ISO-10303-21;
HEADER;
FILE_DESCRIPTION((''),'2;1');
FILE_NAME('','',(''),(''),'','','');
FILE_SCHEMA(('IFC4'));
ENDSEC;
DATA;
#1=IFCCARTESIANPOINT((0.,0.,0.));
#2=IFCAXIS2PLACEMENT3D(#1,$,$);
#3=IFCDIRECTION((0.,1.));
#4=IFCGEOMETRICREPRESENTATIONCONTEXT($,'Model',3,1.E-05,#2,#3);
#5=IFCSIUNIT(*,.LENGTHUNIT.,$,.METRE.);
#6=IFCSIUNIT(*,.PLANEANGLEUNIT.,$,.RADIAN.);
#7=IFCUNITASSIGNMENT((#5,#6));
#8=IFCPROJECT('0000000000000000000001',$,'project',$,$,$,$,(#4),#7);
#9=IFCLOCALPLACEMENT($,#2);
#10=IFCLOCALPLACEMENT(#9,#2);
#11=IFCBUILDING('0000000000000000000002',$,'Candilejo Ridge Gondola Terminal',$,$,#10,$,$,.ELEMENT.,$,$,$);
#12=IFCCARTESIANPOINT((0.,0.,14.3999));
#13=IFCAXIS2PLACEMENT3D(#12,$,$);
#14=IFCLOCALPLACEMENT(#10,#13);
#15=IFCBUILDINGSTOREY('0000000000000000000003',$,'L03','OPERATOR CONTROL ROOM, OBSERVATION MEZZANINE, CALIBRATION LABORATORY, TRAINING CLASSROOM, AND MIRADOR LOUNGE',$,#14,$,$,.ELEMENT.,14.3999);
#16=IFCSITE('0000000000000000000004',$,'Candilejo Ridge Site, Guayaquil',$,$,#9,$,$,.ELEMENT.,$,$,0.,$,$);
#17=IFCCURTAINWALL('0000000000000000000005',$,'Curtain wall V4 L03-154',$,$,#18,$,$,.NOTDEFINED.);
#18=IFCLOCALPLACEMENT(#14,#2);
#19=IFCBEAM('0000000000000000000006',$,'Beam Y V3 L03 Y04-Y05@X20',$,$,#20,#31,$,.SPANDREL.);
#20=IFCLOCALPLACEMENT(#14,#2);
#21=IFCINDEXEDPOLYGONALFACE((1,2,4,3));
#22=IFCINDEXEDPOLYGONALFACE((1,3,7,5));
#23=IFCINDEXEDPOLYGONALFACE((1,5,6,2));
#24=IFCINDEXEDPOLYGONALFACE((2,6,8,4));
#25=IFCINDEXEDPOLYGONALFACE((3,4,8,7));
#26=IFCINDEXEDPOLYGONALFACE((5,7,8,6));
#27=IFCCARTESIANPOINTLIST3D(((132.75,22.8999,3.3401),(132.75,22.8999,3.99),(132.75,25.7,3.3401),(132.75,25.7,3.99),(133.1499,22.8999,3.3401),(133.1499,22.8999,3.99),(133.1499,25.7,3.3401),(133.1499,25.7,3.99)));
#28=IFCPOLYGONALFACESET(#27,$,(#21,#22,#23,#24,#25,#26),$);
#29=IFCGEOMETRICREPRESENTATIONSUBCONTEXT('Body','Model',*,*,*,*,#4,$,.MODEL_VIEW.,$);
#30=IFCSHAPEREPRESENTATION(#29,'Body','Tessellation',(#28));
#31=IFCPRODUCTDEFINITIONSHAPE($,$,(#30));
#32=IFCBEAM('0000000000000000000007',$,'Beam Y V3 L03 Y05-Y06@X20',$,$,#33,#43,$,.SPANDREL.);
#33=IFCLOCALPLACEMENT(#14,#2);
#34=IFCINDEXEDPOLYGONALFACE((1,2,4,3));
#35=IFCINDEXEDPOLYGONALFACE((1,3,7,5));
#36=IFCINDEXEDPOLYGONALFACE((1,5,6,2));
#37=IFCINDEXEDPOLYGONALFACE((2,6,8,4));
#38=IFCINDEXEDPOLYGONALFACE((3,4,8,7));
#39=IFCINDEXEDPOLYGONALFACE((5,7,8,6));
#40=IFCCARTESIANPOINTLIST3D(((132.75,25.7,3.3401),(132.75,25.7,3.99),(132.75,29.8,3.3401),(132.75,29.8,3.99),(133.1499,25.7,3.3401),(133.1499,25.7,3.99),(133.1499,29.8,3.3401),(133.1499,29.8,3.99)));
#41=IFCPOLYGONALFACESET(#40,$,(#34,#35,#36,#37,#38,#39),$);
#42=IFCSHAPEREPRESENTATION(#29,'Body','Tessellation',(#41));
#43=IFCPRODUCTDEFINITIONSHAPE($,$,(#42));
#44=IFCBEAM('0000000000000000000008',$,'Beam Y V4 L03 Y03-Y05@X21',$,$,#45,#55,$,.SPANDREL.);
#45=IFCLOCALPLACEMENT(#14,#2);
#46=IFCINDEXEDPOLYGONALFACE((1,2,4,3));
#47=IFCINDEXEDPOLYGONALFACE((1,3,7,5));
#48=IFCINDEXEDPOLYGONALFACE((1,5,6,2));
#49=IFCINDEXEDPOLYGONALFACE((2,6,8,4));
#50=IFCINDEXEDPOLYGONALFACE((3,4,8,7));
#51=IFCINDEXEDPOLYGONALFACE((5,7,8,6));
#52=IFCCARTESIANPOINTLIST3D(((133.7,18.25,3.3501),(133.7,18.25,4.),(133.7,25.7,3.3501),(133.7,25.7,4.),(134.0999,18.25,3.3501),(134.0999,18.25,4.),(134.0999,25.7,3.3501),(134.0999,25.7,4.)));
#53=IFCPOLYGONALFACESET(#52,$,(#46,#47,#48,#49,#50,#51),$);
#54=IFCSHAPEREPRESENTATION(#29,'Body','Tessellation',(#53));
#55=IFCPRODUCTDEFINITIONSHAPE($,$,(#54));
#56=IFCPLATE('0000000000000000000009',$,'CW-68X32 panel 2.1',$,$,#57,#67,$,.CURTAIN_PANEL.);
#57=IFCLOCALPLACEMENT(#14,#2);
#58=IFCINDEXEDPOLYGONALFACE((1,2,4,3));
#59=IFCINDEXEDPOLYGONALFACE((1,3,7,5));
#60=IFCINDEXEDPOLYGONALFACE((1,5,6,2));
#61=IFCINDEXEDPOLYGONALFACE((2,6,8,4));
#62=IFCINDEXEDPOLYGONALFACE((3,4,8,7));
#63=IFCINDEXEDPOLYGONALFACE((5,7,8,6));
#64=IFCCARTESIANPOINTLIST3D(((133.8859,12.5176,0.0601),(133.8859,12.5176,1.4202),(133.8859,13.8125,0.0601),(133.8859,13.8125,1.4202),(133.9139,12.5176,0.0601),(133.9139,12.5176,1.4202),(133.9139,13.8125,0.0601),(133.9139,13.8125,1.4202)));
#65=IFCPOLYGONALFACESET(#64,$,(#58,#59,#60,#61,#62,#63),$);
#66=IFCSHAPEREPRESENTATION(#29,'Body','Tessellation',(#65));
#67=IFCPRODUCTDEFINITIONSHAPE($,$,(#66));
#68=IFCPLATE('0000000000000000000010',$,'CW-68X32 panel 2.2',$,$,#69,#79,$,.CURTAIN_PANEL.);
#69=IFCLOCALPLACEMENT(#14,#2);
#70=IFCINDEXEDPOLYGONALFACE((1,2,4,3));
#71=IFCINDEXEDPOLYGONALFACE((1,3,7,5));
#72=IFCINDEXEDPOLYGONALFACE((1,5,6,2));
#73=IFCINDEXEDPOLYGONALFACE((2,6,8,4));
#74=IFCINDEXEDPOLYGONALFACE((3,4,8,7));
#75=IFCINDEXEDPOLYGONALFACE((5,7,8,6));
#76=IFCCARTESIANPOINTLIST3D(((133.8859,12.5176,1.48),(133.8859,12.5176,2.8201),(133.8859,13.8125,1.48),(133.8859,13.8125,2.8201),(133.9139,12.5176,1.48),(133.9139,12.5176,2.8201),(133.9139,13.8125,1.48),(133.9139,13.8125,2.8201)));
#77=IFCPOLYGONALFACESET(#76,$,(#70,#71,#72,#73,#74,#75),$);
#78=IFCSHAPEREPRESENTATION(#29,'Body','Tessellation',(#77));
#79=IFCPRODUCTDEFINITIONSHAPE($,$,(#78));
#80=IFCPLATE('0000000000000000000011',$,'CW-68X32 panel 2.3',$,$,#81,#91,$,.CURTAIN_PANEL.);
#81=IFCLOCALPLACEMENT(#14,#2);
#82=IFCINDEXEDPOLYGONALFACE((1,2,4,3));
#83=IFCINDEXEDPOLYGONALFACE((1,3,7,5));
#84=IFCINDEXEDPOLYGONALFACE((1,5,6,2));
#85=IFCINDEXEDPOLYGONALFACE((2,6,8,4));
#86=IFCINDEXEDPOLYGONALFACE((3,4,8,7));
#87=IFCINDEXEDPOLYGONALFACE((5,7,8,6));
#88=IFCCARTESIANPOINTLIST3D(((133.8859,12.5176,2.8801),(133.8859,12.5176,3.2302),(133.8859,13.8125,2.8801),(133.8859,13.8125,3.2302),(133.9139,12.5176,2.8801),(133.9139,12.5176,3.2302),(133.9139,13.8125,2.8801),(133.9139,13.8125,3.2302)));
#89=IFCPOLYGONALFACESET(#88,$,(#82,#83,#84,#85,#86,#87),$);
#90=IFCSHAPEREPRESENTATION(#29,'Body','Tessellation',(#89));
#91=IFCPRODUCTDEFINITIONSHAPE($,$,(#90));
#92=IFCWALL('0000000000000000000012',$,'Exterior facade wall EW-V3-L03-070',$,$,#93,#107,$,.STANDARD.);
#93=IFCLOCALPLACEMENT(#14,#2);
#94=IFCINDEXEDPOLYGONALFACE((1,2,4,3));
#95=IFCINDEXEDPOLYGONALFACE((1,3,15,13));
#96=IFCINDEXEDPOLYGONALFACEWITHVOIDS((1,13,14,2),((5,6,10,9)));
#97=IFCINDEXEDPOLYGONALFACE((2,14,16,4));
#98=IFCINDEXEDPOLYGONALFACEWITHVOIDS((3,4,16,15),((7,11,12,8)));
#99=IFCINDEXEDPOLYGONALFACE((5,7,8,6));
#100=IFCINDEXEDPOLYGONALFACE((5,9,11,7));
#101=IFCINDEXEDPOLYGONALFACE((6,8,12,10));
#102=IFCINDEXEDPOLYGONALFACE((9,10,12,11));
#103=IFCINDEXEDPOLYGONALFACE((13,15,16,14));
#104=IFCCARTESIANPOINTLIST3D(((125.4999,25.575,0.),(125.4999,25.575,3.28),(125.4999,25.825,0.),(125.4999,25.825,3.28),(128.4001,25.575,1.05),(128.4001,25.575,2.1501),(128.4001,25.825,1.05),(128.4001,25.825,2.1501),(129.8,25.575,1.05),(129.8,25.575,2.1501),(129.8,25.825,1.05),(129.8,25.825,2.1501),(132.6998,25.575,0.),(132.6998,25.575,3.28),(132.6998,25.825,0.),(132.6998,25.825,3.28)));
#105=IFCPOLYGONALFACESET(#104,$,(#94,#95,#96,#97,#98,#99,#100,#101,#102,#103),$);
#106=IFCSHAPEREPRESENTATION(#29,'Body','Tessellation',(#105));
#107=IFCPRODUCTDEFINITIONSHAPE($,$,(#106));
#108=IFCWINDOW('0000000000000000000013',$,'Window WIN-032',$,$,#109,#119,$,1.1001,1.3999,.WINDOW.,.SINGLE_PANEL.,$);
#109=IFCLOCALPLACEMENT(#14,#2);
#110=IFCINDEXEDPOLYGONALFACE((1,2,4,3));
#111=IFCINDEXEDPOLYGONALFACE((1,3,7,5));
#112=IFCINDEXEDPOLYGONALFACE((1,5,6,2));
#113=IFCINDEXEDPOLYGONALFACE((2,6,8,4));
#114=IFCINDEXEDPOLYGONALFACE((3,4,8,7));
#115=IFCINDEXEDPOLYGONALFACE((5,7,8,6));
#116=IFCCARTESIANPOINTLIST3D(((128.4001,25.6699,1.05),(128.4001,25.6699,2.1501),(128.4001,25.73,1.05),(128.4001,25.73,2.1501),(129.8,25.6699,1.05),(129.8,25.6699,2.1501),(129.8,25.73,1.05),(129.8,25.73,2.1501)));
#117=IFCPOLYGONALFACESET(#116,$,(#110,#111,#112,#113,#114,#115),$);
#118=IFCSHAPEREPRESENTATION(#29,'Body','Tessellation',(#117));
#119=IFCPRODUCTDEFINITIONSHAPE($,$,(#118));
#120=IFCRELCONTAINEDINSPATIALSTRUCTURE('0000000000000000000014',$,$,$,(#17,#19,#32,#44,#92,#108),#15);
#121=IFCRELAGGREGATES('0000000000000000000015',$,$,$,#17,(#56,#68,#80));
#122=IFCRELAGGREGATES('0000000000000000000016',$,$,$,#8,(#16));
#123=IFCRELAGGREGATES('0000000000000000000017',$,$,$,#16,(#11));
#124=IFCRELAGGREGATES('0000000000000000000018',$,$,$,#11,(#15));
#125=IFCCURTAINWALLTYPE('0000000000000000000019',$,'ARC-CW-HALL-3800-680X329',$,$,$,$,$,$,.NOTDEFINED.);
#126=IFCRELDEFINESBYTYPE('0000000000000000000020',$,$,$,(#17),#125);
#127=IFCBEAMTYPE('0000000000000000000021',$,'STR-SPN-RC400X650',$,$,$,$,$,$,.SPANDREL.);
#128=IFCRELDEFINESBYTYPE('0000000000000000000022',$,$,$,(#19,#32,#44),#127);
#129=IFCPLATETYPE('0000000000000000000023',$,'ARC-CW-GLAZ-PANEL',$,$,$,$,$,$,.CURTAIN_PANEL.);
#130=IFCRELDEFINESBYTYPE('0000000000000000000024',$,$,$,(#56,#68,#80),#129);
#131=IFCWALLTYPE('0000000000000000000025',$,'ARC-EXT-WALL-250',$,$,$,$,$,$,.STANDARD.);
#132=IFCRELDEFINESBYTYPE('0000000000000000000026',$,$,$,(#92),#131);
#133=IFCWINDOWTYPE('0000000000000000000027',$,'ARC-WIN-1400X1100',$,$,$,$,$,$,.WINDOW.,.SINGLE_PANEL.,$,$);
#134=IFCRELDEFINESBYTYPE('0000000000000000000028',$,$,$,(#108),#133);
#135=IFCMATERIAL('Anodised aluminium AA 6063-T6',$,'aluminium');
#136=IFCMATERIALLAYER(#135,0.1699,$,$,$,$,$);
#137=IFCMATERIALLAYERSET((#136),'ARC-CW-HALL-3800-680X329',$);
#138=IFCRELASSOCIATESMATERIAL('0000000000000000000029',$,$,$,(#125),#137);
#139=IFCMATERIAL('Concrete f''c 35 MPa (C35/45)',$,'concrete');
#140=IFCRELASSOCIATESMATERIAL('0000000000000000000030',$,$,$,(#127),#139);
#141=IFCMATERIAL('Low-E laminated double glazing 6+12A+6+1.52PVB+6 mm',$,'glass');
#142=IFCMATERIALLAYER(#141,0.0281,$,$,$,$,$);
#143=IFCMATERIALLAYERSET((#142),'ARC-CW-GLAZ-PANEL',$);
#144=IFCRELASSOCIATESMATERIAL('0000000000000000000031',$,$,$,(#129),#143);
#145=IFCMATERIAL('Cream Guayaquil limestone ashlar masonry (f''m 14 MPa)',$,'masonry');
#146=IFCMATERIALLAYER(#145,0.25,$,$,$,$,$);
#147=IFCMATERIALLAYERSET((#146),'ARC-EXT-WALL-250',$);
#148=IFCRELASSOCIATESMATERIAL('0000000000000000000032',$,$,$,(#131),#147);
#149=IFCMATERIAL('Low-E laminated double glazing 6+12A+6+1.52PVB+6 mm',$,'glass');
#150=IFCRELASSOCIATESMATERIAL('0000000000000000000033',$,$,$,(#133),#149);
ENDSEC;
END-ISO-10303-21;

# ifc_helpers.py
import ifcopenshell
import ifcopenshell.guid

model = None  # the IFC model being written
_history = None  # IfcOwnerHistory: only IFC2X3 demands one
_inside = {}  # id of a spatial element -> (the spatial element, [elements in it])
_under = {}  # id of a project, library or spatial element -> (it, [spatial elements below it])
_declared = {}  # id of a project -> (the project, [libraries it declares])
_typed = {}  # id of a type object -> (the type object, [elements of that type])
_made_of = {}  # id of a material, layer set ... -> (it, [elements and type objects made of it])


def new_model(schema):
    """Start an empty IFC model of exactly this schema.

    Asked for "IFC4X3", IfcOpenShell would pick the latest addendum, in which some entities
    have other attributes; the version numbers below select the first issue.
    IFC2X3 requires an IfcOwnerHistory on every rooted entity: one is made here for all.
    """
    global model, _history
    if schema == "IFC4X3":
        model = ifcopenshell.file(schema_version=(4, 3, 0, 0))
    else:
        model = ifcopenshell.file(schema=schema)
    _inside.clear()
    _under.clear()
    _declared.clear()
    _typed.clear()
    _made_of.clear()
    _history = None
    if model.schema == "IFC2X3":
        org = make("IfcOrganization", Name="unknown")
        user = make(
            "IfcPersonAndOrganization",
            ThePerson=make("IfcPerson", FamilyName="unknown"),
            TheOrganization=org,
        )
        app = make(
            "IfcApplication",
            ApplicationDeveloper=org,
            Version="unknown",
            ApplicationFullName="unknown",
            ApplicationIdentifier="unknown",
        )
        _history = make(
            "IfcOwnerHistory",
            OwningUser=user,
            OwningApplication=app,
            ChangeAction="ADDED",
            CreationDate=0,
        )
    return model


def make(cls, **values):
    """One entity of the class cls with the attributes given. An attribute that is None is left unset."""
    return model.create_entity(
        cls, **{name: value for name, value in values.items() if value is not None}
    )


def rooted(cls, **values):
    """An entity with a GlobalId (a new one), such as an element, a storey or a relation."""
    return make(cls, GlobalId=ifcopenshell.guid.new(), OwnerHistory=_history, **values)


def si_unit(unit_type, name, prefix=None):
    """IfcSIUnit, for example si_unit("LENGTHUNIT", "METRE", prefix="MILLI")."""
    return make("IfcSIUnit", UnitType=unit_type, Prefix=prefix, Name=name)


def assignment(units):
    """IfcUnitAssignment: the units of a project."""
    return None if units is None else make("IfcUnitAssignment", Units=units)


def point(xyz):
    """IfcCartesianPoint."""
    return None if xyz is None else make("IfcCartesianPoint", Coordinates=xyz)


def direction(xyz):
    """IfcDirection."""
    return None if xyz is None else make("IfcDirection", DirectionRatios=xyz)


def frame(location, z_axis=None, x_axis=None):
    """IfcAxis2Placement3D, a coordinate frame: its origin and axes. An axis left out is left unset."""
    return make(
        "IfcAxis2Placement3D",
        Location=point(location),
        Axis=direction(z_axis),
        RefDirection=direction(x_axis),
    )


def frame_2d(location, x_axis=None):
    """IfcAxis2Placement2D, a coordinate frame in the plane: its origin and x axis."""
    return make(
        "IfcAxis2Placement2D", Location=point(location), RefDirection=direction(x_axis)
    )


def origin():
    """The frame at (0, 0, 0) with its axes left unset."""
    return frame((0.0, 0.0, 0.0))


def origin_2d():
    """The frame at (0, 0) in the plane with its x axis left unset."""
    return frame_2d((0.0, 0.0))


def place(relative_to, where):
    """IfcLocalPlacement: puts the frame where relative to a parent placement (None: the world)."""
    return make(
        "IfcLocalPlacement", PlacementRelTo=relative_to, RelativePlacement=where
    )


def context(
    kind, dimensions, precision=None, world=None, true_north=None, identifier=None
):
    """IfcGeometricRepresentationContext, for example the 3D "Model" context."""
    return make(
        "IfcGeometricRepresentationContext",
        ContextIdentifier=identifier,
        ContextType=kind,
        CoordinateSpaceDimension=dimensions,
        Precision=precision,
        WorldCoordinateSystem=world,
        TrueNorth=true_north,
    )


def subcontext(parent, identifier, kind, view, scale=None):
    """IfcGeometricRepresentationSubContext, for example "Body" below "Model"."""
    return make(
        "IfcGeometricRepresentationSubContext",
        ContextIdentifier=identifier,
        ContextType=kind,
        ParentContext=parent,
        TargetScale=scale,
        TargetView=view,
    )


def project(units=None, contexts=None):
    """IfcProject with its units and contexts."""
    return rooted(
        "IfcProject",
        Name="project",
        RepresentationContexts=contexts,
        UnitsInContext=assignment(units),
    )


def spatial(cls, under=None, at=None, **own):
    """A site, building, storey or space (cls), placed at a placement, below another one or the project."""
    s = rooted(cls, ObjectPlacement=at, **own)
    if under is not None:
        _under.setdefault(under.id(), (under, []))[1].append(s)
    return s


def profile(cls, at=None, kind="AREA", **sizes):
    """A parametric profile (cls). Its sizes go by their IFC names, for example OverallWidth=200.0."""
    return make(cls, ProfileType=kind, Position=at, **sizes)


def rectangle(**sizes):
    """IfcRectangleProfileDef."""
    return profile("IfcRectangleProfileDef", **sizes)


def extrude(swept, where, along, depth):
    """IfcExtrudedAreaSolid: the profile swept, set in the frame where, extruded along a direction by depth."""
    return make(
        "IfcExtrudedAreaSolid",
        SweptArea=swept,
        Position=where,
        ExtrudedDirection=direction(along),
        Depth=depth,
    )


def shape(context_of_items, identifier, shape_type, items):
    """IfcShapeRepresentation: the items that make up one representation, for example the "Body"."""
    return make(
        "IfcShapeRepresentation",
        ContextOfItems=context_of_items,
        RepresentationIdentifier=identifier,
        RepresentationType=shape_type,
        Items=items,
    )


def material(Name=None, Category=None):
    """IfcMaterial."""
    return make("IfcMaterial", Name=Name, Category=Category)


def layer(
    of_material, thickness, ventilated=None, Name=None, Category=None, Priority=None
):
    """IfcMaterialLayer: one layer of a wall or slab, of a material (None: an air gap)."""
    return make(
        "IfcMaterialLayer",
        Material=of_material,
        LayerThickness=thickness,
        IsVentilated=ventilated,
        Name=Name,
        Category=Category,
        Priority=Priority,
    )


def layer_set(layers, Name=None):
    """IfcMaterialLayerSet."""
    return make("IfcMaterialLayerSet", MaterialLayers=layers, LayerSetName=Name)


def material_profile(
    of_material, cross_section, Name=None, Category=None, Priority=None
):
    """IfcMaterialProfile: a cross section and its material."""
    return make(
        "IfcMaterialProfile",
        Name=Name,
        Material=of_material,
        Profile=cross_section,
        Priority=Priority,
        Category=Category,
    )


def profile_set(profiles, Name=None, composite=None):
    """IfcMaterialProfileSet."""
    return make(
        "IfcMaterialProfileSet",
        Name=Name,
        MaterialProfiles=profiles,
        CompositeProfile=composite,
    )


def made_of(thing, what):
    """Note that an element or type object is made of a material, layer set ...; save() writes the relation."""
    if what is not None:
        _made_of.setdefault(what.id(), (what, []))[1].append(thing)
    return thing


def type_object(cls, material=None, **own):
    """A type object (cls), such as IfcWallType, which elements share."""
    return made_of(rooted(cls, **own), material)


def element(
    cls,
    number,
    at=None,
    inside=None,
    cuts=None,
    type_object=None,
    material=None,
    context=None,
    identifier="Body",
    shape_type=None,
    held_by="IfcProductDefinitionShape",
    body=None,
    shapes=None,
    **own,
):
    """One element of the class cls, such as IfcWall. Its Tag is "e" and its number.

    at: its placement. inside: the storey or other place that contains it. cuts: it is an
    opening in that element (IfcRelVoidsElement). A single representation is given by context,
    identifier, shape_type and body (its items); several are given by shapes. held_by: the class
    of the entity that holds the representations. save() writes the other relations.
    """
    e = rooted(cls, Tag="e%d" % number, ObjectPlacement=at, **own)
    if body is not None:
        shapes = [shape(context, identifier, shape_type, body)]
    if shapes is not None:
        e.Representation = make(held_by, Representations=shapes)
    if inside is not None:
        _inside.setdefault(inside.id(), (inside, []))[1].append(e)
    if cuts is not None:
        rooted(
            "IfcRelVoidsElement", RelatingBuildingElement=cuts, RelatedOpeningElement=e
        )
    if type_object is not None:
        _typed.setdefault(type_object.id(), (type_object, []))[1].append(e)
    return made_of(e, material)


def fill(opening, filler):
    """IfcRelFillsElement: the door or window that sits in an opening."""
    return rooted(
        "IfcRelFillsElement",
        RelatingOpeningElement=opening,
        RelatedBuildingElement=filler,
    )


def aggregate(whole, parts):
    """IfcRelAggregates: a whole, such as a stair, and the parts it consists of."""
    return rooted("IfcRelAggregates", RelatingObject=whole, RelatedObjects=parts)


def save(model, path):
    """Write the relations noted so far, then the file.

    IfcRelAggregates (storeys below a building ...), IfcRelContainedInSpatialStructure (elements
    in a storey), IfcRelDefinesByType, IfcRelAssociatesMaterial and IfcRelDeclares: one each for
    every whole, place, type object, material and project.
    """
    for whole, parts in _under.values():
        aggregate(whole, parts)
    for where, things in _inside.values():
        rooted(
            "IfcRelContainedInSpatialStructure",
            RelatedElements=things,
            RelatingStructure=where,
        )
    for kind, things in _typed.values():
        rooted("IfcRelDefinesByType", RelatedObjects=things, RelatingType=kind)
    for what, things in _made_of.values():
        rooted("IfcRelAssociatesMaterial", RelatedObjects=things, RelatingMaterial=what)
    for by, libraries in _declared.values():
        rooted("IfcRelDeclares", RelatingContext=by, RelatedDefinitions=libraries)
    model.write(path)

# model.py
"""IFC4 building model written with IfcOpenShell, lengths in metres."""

from ifc_helpers import new_model, si_unit, direction, frame, frame_2d, origin, origin_2d, place, context, subcontext, project, spatial, rectangle, extrude, material, layer, layer_set, material_profile, profile_set, type_object, element, fill, aggregate, save


model = new_model("IFC4")

# Units and contexts
model_context = context("Model", 3, precision=1e-05, world=origin(), true_north=direction((0.0, 1.0)))
body_context = subcontext(model_context, "Body", "Model", "MODEL_VIEW")
ifc_project = project(units=[si_unit("LENGTHUNIT", "METRE"), si_unit("PLANEANGLEUNIT", "RADIAN")], contexts=[model_context])

# Site, building, storey
site_placement = place(None, origin())
site = spatial("IfcSite", under=ifc_project, at=site_placement, Name="Candilejo Ridge Site, Guayaquil", CompositionType="ELEMENT", RefElevation=0.0)
building_placement = place(site_placement, origin())
building = spatial("IfcBuilding", under=site, at=building_placement, Name="Candilejo Ridge Gondola Terminal", CompositionType="ELEMENT")
storey_placement = place(building_placement, frame((0.0, 0.0, 14.3999)))
storey = spatial("IfcBuildingStorey", under=building, at=storey_placement, Name="L03", Description="OPERATOR CONTROL ROOM, OBSERVATION MEZZANINE, CALIBRATION LABORATORY, TRAINING CLASSROOM, AND MIRADOR LOUNGE", CompositionType="ELEMENT", Elevation=14.3999)

# Curtain wall
ifc_material_1 = material(Name="Anodised aluminium AA 6063-T6", Category="aluminium")
ifc_layer_1 = layer(ifc_material_1, 0.1699)
ifc_layer_set_1 = layer_set([ifc_layer_1], Name="ARC-CW-HALL-3800-680X329")
curtain_wall_type = type_object("IfcCurtainWallType", Name="ARC-CW-HALL-3800-680X329", PredefinedType="NOTDEFINED", material=ifc_layer_set_1)
curtain_wall_placement = place(storey_placement, origin())
curtain_wall = element("IfcCurtainWall", 1, at=curtain_wall_placement, inside=storey, type_object=curtain_wall_type, Name="Curtain wall V4 L03-154", PredefinedType="NOTDEFINED")

# Beams
ifc_material_2 = material(Name="Concrete f'c 35 MPa (C35/45)", Category="concrete")
ifc_material_profile_1 = material_profile(ifc_material_2, rectangle(XDim=0.3999, YDim=0.6499, at=origin_2d()))
ifc_profile_set_1 = profile_set([ifc_material_profile_1], Name="Concrete f'c 35 MPa (C35/45)")
beam_type_1 = type_object("IfcBeamType", Name="STR-SPN-RC400X650", PredefinedType="SPANDREL", material=ifc_profile_set_1)
beam_1_placement = place(storey_placement, frame((132.95, 22.8999, 3.665), z_axis=(0.0, 1.0, 0.0), x_axis=(-1.0, 0.0, 0.0)))
element("IfcBeam", 2, at=beam_1_placement, inside=storey, type_object=beam_type_1, Name="Beam Y V3 L03 Y04-Y05@X20", PredefinedType="SPANDREL", context=body_context, shape_type="SweptSolid", body=[
    extrude(rectangle(XDim=0.3999, YDim=0.6499, at=origin_2d()), origin(), (0.0, 0.0, 1.0), 2.8),
])
beam_2_placement = place(storey_placement, frame((132.95, 25.7, 3.665), z_axis=(0.0, 1.0, 0.0), x_axis=(-1.0, 0.0, 0.0)))
element("IfcBeam", 3, at=beam_2_placement, inside=storey, type_object=beam_type_1, Name="Beam Y V3 L03 Y05-Y06@X20", PredefinedType="SPANDREL", context=body_context, shape_type="SweptSolid", body=[
    extrude(rectangle(XDim=0.3999, YDim=0.6499, at=origin_2d()), origin(), (0.0, 0.0, 1.0), 4.1001),
])
beam_3_placement = place(storey_placement, frame((133.8999, 18.25, 3.675), z_axis=(0.0, 1.0, 0.0), x_axis=(-1.0, 0.0, 0.0)))
element("IfcBeam", 4, at=beam_3_placement, inside=storey, type_object=beam_type_1, Name="Beam Y V4 L03 Y03-Y05@X21", PredefinedType="SPANDREL", context=body_context, shape_type="SweptSolid", body=[
    extrude(rectangle(XDim=0.3999, YDim=0.6499, at=origin_2d()), origin(), (0.0, 0.0, 1.0), 7.45),
])

# Plates
ifc_material_3 = material(Name="Low-E laminated double glazing 6+12A+6+1.52PVB+6 mm", Category="glass")
ifc_layer_2 = layer(ifc_material_3, 0.0281)
ifc_layer_set_2 = layer_set([ifc_layer_2], Name="ARC-CW-GLAZ-PANEL")
plate_type = type_object("IfcPlateType", Name="ARC-CW-GLAZ-PANEL", PredefinedType="CURTAIN_PANEL", material=ifc_layer_set_2)
plate_1_placement = place(storey_placement, frame((133.8999, 13.165, 0.0601), z_axis=(0.0, 0.0, 1.0), x_axis=(0.0, 1.0, 0.0)))
plate_1 = element("IfcPlate", 5, at=plate_1_placement, type_object=plate_type, Name="CW-68X32 panel 2.1", PredefinedType="CURTAIN_PANEL", context=body_context, shape_type="SweptSolid", body=[
    extrude(rectangle(XDim=1.2949, YDim=0.0281, at=origin_2d()), origin(), (0.0, 0.0, 1.0), 1.3601),
])
plate_2_placement = place(storey_placement, frame((133.8999, 13.165, 1.48), z_axis=(0.0, 0.0, 1.0), x_axis=(0.0, 1.0, 0.0)))
plate_2 = element("IfcPlate", 6, at=plate_2_placement, type_object=plate_type, Name="CW-68X32 panel 2.2", PredefinedType="CURTAIN_PANEL", context=body_context, shape_type="SweptSolid", body=[
    extrude(rectangle(XDim=1.2949, YDim=0.0281, at=origin_2d()), origin(), (0.0, 0.0, 1.0), 1.3401),
])
plate_3_placement = place(storey_placement, frame((133.8999, 13.165, 2.8801), z_axis=(0.0, 0.0, 1.0), x_axis=(0.0, 1.0, 0.0)))
plate_3 = element("IfcPlate", 7, at=plate_3_placement, type_object=plate_type, Name="CW-68X32 panel 2.3", PredefinedType="CURTAIN_PANEL", context=body_context, shape_type="SweptSolid", body=[
    extrude(rectangle(XDim=1.2949, YDim=0.0281, at=origin_2d()), origin(), (0.0, 0.0, 1.0), 0.3501),
])
aggregate(curtain_wall, [plate_1, plate_2, plate_3])

# Wall, opening, window
ifc_material_4 = material(Name="Cream Guayaquil limestone ashlar masonry (f'm 14 MPa)", Category="masonry")
ifc_layer_3 = layer(ifc_material_4, 0.25)
ifc_layer_set_3 = layer_set([ifc_layer_3], Name="ARC-EXT-WALL-250")
wall_type = type_object("IfcWallType", Name="ARC-EXT-WALL-250", PredefinedType="STANDARD", material=ifc_layer_set_3)
wall_placement = place(storey_placement, frame((132.7, 25.7, 0.0), z_axis=(0.0, 0.0, 1.0), x_axis=(-1.0, 0.0, 0.0)))
wall = element("IfcWall", 8, at=wall_placement, inside=storey, type_object=wall_type, Name="Exterior facade wall EW-V3-L03-070", PredefinedType="STANDARD", context=body_context, shape_type="SweptSolid", body=[
    extrude(rectangle(XDim=7.2, YDim=0.25, at=frame_2d((3.6001, 0.0))), origin(), (0.0, 0.0, 1.0), 3.28),
])
opening_placement = place(wall_placement, frame((2.8999, 0.0, 1.05)))
opening = element("IfcOpeningElement", 9, at=opening_placement, cuts=wall, PredefinedType="OPENING", context=body_context, shape_type="SweptSolid", body=[
    extrude(rectangle(XDim=1.3999, YDim=1.1001, at=frame_2d((0.7, 0.55))), frame((0.0, 0.135, 0.0), z_axis=(0.0, -1.0, 0.0), x_axis=(1.0, 0.0, 0.0)), (0.0, 0.0, 1.0), 0.27),
])
ifc_material_5 = material(Name="Low-E laminated double glazing 6+12A+6+1.52PVB+6 mm", Category="glass")
window_type = type_object("IfcWindowType", Name="ARC-WIN-1400X1100", PartitioningType="SINGLE_PANEL", PredefinedType="WINDOW", material=ifc_material_5)
window_placement = place(opening_placement, origin())
window = element("IfcWindow", 10, at=window_placement, inside=storey, type_object=window_type, Name="Window WIN-032", OverallHeight=1.1001, OverallWidth=1.3999, PartitioningType="SINGLE_PANEL", PredefinedType="WINDOW", context=body_context, shape_type="SweptSolid", body=[
    extrude(rectangle(XDim=1.3999, YDim=1.1001, at=frame_2d((0.7, 0.55))), frame((0.0, 0.03, 0.0), z_axis=(0.0, -1.0, 0.0), x_axis=(1.0, 0.0, 0.0)), (0.0, 0.0, 1.0), 0.0601),
])
fill(opening, window)

save(model, "model.ifc")
